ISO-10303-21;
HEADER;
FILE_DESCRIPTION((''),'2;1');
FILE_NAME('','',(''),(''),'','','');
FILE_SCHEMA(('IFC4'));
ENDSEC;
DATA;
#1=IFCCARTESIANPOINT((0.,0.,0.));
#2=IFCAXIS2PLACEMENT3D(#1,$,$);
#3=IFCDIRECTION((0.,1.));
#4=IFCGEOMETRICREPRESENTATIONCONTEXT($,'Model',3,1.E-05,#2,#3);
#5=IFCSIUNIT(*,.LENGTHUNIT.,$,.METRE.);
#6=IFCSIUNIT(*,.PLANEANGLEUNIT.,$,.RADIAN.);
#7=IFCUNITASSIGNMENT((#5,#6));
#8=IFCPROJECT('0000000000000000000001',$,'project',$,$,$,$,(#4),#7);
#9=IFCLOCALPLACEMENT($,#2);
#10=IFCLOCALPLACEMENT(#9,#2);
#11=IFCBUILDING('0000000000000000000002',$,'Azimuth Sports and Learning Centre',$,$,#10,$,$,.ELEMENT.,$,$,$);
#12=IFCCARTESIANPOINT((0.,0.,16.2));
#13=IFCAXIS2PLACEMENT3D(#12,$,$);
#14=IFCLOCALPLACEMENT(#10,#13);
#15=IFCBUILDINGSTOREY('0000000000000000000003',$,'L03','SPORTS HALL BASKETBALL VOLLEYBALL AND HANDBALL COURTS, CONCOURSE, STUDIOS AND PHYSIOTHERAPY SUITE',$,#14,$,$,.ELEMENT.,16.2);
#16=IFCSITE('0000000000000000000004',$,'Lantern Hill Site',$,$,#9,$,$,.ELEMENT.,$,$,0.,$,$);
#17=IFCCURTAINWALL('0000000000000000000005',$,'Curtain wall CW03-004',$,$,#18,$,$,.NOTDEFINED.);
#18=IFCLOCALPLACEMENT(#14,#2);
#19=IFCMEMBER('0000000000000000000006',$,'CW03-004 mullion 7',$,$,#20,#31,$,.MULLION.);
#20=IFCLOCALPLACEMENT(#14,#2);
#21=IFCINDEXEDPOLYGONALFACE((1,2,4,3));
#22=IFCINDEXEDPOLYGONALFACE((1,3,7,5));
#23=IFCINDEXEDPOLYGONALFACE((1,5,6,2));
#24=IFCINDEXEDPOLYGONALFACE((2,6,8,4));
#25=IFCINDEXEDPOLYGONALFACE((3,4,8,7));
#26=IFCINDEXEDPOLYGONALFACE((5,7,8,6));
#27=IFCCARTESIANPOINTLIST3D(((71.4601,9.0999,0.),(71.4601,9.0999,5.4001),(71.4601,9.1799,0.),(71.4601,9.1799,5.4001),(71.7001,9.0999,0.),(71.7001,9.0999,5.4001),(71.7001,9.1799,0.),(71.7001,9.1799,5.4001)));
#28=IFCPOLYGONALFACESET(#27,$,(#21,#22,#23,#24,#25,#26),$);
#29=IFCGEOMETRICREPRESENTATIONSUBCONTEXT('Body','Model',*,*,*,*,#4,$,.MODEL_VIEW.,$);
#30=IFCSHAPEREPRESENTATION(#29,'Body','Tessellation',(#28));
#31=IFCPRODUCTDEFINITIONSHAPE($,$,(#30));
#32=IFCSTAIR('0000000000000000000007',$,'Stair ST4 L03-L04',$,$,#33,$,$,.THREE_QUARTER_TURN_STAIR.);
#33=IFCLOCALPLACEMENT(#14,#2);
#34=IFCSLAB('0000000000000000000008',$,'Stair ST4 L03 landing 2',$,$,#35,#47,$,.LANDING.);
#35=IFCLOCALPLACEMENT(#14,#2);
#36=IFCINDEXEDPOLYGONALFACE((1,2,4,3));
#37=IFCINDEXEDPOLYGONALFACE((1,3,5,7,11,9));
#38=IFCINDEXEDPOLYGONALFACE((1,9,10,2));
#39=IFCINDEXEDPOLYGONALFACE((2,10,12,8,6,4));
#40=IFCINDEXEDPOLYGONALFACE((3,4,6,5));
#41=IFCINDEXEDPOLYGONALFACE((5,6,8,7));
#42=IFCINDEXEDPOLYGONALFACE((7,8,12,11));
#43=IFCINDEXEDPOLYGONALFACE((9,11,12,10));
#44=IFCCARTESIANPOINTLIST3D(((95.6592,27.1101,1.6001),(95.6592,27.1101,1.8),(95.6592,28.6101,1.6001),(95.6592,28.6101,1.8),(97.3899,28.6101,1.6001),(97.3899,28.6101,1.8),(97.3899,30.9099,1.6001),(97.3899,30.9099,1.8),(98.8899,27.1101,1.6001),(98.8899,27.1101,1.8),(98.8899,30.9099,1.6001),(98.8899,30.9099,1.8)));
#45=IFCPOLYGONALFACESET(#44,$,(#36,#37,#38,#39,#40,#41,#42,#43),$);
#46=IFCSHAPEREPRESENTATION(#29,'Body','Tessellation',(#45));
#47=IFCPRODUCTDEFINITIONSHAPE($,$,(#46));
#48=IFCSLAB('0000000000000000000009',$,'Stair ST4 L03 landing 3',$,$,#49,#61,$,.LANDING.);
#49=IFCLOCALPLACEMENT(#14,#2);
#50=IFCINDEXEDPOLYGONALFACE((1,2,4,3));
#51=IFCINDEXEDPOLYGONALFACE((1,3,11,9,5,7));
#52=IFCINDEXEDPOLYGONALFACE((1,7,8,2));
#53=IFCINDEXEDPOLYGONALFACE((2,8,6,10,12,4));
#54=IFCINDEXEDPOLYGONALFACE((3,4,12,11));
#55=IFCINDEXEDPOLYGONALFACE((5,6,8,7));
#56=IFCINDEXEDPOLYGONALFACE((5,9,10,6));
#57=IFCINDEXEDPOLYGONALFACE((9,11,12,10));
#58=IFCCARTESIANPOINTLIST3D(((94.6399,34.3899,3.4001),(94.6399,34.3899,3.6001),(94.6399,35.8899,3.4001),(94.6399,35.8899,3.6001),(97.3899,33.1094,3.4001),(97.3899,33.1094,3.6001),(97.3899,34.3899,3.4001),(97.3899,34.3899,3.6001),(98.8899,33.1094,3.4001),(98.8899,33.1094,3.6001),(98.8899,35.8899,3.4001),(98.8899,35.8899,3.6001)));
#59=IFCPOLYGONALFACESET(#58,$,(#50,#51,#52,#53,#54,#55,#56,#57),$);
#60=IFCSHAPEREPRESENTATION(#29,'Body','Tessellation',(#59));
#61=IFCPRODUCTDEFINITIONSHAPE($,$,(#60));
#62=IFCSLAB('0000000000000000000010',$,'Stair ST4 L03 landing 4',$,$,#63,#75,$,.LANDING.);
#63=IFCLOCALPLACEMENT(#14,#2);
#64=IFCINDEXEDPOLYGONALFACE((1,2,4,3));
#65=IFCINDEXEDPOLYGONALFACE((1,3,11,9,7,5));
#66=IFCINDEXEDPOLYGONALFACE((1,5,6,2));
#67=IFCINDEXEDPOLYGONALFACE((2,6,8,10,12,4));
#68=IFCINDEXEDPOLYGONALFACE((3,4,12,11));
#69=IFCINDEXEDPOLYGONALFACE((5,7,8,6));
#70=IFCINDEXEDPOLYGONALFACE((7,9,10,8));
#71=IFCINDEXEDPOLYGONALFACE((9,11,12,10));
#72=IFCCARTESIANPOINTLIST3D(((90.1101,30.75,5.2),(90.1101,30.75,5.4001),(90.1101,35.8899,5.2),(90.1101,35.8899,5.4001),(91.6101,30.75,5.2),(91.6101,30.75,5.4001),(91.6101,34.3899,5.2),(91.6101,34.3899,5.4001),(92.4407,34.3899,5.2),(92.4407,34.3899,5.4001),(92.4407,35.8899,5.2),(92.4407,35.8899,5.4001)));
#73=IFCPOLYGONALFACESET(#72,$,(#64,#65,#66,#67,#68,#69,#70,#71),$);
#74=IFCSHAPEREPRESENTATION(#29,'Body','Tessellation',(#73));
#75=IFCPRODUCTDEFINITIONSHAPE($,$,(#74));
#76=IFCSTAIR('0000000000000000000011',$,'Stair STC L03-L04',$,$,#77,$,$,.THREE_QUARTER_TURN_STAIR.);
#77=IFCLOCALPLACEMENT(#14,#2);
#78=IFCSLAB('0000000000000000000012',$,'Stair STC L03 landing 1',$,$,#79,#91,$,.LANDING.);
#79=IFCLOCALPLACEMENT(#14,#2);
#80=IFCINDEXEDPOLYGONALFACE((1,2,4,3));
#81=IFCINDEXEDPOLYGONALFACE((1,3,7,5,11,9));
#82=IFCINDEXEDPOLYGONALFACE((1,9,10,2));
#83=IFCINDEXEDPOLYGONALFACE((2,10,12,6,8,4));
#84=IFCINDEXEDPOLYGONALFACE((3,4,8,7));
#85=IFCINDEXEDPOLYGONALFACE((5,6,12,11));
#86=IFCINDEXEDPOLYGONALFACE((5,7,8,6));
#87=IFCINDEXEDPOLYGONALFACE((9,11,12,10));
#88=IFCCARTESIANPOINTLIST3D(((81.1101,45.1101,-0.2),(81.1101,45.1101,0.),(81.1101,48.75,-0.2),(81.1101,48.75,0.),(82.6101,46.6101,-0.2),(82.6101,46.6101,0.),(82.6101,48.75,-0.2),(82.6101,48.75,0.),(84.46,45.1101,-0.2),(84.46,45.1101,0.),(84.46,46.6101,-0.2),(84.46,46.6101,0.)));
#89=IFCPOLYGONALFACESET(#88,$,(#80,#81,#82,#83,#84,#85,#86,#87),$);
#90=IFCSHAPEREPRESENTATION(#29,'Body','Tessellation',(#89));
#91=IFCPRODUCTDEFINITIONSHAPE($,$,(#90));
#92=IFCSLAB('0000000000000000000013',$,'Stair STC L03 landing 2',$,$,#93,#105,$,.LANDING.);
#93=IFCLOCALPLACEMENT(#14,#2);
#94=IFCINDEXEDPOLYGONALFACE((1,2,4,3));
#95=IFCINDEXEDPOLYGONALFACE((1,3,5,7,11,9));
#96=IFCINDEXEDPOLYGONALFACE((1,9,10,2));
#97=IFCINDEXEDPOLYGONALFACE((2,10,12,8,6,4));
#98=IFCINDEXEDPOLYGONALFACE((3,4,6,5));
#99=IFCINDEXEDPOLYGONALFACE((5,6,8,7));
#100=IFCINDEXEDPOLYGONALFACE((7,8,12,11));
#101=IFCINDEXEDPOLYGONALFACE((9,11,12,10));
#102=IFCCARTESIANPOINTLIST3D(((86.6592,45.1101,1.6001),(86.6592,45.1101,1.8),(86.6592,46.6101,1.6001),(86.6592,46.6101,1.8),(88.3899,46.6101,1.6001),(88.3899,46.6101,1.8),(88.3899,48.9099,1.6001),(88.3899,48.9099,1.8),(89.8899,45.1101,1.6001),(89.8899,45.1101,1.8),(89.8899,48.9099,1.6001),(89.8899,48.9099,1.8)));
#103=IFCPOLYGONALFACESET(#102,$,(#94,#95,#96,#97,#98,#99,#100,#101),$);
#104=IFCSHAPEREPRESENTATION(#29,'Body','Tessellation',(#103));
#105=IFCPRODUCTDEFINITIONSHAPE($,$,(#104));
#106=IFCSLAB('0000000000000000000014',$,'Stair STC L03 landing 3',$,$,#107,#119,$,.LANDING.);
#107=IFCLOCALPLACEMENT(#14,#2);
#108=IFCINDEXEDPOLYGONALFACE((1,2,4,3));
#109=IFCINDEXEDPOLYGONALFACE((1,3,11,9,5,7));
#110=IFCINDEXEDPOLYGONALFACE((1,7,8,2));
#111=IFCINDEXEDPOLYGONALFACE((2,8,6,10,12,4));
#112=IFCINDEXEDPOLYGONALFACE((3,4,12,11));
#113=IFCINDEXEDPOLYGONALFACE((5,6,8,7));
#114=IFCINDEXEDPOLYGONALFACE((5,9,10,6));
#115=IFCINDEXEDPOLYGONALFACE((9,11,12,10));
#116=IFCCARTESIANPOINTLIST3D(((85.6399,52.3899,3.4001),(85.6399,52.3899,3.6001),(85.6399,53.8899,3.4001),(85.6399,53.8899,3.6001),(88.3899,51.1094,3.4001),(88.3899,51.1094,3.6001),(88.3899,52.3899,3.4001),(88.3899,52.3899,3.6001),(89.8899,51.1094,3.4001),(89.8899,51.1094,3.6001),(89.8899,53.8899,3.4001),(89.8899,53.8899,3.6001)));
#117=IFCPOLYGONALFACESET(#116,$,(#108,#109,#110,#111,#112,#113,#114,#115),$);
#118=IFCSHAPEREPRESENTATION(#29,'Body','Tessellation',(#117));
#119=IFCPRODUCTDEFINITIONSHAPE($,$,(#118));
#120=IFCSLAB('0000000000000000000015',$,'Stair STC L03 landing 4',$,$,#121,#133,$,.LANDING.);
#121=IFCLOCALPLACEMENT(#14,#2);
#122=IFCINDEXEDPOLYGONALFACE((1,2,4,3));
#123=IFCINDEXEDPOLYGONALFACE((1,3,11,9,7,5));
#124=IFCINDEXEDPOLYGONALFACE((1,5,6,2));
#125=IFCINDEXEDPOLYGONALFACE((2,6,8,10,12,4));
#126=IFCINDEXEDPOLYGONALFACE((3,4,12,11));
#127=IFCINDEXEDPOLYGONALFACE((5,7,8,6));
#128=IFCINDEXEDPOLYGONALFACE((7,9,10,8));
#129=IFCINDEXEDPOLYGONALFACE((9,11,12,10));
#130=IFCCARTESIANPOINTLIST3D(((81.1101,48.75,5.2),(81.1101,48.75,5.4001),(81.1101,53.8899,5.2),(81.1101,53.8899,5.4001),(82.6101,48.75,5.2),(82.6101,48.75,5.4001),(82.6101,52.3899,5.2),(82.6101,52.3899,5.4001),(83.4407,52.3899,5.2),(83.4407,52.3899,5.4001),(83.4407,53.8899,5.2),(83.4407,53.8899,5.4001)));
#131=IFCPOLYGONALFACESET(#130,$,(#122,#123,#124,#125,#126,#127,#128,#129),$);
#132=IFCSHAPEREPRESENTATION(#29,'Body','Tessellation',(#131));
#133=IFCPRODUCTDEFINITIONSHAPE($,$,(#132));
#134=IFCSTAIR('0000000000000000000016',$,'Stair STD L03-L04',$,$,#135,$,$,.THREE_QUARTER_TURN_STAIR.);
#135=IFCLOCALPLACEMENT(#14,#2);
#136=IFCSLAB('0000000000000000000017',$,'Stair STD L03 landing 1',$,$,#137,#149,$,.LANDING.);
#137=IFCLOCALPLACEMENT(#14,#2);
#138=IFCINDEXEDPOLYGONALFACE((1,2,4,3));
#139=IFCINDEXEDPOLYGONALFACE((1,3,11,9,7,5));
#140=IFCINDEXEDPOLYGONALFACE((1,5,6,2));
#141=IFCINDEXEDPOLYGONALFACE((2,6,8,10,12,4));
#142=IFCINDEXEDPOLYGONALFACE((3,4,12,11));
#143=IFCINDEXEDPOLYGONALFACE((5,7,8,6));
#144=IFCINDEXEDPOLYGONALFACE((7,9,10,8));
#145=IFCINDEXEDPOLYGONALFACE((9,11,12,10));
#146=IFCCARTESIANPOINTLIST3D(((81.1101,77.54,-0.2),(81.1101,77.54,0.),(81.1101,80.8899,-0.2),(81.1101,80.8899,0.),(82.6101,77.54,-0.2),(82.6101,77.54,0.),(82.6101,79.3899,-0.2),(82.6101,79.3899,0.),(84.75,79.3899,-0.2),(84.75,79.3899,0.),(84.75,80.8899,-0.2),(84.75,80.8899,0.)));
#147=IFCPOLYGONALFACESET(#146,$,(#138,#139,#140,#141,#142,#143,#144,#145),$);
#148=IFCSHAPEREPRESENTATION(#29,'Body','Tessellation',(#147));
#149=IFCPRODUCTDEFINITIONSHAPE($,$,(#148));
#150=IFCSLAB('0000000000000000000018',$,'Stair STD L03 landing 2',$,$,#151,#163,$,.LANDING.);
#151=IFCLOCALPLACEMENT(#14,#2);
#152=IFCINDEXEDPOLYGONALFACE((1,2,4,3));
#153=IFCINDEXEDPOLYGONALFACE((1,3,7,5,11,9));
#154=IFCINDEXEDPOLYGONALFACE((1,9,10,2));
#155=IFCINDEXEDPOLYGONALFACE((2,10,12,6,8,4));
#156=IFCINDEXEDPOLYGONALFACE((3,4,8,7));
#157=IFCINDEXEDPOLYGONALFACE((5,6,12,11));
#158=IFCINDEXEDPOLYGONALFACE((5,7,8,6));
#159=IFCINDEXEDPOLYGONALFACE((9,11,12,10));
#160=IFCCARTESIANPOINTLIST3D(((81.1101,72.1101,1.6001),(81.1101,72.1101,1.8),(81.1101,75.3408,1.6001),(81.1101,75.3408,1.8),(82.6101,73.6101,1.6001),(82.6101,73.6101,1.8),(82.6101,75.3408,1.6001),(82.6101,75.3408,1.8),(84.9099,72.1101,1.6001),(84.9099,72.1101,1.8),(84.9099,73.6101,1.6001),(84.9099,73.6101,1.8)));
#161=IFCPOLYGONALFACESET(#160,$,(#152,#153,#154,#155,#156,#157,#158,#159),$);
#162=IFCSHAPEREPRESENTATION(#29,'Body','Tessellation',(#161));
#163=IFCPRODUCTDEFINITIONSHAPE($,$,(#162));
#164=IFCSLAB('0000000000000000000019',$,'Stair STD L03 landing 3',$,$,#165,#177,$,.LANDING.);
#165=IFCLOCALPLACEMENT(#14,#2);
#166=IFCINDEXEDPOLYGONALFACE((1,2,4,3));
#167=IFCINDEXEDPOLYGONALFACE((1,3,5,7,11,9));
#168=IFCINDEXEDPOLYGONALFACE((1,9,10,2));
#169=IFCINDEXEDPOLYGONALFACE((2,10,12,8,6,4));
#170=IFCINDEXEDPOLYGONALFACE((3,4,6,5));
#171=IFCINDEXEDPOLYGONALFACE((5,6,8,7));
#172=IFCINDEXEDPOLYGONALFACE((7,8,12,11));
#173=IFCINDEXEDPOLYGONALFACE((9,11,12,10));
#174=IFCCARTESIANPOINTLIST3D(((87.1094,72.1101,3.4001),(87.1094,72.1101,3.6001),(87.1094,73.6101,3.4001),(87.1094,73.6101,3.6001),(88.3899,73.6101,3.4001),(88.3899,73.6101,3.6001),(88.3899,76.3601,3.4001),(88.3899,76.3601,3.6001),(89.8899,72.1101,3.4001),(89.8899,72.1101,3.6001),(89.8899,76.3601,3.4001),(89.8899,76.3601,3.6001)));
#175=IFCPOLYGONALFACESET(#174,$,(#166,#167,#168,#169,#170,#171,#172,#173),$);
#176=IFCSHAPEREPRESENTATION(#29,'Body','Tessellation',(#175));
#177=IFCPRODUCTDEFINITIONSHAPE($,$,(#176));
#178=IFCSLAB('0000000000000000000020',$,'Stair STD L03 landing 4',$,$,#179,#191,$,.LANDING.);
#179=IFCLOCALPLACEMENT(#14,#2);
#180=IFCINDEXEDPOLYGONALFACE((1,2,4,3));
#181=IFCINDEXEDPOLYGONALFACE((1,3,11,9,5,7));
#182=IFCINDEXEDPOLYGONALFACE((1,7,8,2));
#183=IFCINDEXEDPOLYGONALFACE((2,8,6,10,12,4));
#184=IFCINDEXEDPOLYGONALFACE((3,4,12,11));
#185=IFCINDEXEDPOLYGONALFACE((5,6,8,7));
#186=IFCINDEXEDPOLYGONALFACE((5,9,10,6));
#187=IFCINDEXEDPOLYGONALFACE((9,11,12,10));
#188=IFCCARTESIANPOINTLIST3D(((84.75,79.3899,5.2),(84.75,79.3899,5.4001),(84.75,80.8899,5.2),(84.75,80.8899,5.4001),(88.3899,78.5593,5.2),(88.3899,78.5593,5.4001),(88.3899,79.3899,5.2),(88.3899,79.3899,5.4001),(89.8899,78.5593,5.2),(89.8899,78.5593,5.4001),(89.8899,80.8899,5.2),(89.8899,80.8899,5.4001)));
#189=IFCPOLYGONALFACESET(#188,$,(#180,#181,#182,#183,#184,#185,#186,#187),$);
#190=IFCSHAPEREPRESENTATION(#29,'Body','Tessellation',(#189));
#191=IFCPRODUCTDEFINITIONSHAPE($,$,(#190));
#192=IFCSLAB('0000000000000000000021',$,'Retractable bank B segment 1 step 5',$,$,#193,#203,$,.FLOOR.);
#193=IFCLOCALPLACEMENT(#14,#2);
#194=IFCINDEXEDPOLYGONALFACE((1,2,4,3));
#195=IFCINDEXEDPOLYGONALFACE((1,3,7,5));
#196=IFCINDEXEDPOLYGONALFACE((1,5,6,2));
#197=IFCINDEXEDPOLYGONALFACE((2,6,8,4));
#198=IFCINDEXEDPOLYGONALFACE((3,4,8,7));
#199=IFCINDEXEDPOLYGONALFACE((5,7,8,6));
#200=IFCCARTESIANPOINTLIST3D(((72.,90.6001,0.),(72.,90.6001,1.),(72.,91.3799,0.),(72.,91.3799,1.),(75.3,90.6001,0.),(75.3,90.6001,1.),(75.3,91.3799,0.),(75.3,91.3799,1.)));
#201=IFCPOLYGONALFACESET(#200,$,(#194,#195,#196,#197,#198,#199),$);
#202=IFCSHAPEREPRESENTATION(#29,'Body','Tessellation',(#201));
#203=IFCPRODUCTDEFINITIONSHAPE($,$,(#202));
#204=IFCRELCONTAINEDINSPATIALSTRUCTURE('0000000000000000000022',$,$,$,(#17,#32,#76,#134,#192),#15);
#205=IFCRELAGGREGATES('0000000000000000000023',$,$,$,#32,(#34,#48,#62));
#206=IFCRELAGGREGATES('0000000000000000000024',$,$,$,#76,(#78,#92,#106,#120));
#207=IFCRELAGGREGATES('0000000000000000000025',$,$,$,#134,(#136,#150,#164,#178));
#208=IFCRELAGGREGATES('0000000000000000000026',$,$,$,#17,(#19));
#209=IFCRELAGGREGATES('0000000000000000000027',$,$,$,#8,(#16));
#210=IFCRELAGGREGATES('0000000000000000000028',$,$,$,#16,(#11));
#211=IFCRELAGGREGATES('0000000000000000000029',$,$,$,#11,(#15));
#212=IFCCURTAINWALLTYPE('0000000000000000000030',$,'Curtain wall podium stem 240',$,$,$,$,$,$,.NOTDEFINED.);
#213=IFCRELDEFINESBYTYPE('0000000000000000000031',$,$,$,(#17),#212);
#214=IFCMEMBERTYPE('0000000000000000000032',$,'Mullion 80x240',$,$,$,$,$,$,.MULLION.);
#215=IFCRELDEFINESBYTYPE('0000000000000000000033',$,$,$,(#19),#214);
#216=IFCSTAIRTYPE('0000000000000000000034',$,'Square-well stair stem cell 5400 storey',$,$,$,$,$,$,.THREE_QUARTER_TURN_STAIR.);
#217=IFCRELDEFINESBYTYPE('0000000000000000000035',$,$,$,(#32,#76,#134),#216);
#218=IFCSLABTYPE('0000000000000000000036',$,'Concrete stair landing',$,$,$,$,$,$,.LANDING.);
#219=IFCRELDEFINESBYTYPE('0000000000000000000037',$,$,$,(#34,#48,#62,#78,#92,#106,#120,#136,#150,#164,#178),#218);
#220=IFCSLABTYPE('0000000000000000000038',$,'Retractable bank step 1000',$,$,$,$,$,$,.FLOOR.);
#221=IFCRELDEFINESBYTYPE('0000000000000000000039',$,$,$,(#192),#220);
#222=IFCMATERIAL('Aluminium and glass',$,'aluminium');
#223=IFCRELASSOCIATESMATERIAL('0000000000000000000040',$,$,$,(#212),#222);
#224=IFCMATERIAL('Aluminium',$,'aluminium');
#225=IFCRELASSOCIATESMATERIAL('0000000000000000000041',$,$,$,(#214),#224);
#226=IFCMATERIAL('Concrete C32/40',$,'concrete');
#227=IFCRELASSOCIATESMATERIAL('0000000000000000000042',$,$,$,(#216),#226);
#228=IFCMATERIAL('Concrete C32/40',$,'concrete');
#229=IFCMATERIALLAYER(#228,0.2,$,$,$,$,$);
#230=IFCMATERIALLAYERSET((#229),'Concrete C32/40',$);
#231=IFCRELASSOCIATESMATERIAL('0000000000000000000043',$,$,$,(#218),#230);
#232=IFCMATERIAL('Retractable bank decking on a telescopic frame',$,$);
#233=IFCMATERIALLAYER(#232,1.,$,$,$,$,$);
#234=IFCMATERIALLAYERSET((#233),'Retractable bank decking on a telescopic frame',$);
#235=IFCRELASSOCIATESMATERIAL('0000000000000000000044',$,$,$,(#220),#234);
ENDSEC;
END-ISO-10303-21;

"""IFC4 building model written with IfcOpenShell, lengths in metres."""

from ifc_helpers import new_model, si_unit, direction, frame, origin, origin_2d, place, context, subcontext, project, spatial, polyline, rectangle, outline, extrude, material, layer, layer_set, material_profile, profile_set, type_object, element, aggregate, save


model = new_model("IFC4")

# Units and contexts
model_context = context("Model", 3, precision=1e-05, world=origin(), true_north=direction((0.0, 1.0)))
body_context = subcontext(model_context, "Body", "Model", "MODEL_VIEW")
ifc_project = project(units=[si_unit("LENGTHUNIT", "METRE"), si_unit("PLANEANGLEUNIT", "RADIAN")], contexts=[model_context])

# Site, building, storey
site_placement = place(None, origin())
site = spatial("IfcSite", under=ifc_project, at=site_placement, Name="Lantern Hill Site", CompositionType="ELEMENT", RefElevation=0.0)
building_placement = place(site_placement, origin())
building = spatial("IfcBuilding", under=site, at=building_placement, Name="Azimuth Sports and Learning Centre", CompositionType="ELEMENT")
storey_placement = place(building_placement, frame((0.0, 0.0, 16.2)))
storey = spatial("IfcBuildingStorey", under=building, at=storey_placement, Name="L03", Description="SPORTS HALL BASKETBALL VOLLEYBALL AND HANDBALL COURTS, CONCOURSE, STUDIOS AND PHYSIOTHERAPY SUITE", CompositionType="ELEMENT", Elevation=16.2)

# Curtain wall, member
ifc_material_1 = material(Name="Aluminium and glass", Category="aluminium")
curtain_wall_type = type_object("IfcCurtainWallType", Name="Curtain wall podium stem 240", PredefinedType="NOTDEFINED", material=ifc_material_1)
curtain_wall_placement = place(storey_placement, origin())
curtain_wall = element("IfcCurtainWall", 1, at=curtain_wall_placement, inside=storey, type_object=curtain_wall_type, Name="Curtain wall CW03-004", PredefinedType="NOTDEFINED")
ifc_material_2 = material(Name="Aluminium", Category="aluminium")
ifc_material_profile = material_profile(ifc_material_2, rectangle(XDim=0.24, YDim=0.0801, at=origin_2d()), Name="Mullion 80x240")
ifc_profile_set = profile_set([ifc_material_profile], Name="Aluminium")
member_type = type_object("IfcMemberType", Name="Mullion 80x240", PredefinedType="MULLION", material=ifc_profile_set)
member_placement = place(storey_placement, frame((71.5801, 9.1399, 0.0), z_axis=(0.0, 0.0, 1.0), x_axis=(1.0, 0.0, 0.0)))
member = element("IfcMember", 2, at=member_placement, type_object=member_type, Name="CW03-004 mullion 7", PredefinedType="MULLION", context=body_context, shape_type="SweptSolid", body=[
    extrude(rectangle(XDim=0.24, YDim=0.0801, at=origin_2d()), origin(), (0.0, 0.0, 1.0), 5.4001),
])

# Stairs, slabs
ifc_material_3 = material(Name="Concrete C32/40", Category="concrete")
stair_type = type_object("IfcStairType", Name="Square-well stair stem cell 5400 storey", PredefinedType="THREE_QUARTER_TURN_STAIR", material=ifc_material_3)
stair_1_placement = place(storey_placement, origin())
stair_1 = element("IfcStair", 3, at=stair_1_placement, inside=storey, type_object=stair_type, Name="Stair ST4 L03-L04", PredefinedType="THREE_QUARTER_TURN_STAIR")
ifc_material_4 = material(Name="Concrete C32/40", Category="concrete")
ifc_layer_1 = layer(ifc_material_4, 0.2)
ifc_layer_set_1 = layer_set([ifc_layer_1], Name="Concrete C32/40")
slab_type_1 = type_object("IfcSlabType", Name="Concrete stair landing", PredefinedType="LANDING", material=ifc_layer_set_1)
slab_1_placement = place(storey_placement, frame((0.0, 0.0, 1.6001)))
slab_1 = element("IfcSlab", 4, at=slab_1_placement, type_object=slab_type_1, Name="Stair ST4 L03 landing 2", PredefinedType="LANDING", context=body_context, shape_type="SweptSolid", body=[
    extrude(outline(polyline([(97.3899, 28.6101), (95.6592, 28.6101), (95.6592, 27.1101), (98.8899, 27.1101), (98.8899, 30.9099), (97.3899, 30.9099), (97.3899, 28.6101)])), origin(), (0.0, 0.0, 1.0), 0.2),
])
slab_2_placement = place(storey_placement, frame((0.0, 0.0, 3.4001)))
slab_2 = element("IfcSlab", 5, at=slab_2_placement, type_object=slab_type_1, Name="Stair ST4 L03 landing 3", PredefinedType="LANDING", context=body_context, shape_type="SweptSolid", body=[
    extrude(outline(polyline([(97.3899, 34.3899), (97.3899, 33.1094), (98.8899, 33.1094), (98.8899, 35.8899), (94.6399, 35.8899), (94.6399, 34.3899), (97.3899, 34.3899)])), origin(), (0.0, 0.0, 1.0), 0.2),
])
slab_3_placement = place(storey_placement, frame((0.0, 0.0, 5.2)))
slab_3 = element("IfcSlab", 6, at=slab_3_placement, type_object=slab_type_1, Name="Stair ST4 L03 landing 4", PredefinedType="LANDING", context=body_context, shape_type="SweptSolid", body=[
    extrude(outline(polyline([(91.6101, 34.3899), (92.4407, 34.3899), (92.4407, 35.8899), (90.1101, 35.8899), (90.1101, 30.75), (91.6101, 30.75), (91.6101, 34.3899)])), origin(), (0.0, 0.0, 1.0), 0.2002),
])
aggregate(stair_1, [slab_1, slab_2, slab_3])
stair_2_placement = place(storey_placement, origin())
stair_2 = element("IfcStair", 7, at=stair_2_placement, inside=storey, type_object=stair_type, Name="Stair STC L03-L04", PredefinedType="THREE_QUARTER_TURN_STAIR")
slab_4_placement = place(storey_placement, frame((0.0, 0.0, -0.2)))
slab_4 = element("IfcSlab", 8, at=slab_4_placement, type_object=slab_type_1, Name="Stair STC L03 landing 1", PredefinedType="LANDING", context=body_context, shape_type="SweptSolid", body=[
    extrude(outline(polyline([(84.46, 46.6101), (82.6101, 46.6101), (82.6101, 48.75), (81.1101, 48.75), (81.1101, 45.1101), (84.46, 45.1101), (84.46, 46.6101)])), origin(), (0.0, 0.0, 1.0), 0.2),
])
slab_5_placement = place(storey_placement, frame((0.0, 0.0, 1.6001)))
slab_5 = element("IfcSlab", 9, at=slab_5_placement, type_object=slab_type_1, Name="Stair STC L03 landing 2", PredefinedType="LANDING", context=body_context, shape_type="SweptSolid", body=[
    extrude(outline(polyline([(88.3899, 46.6101), (86.6592, 46.6101), (86.6592, 45.1101), (89.8899, 45.1101), (89.8899, 48.9099), (88.3899, 48.9099), (88.3899, 46.6101)])), origin(), (0.0, 0.0, 1.0), 0.2),
])
slab_6_placement = place(storey_placement, frame((0.0, 0.0, 3.4001)))
slab_6 = element("IfcSlab", 10, at=slab_6_placement, type_object=slab_type_1, Name="Stair STC L03 landing 3", PredefinedType="LANDING", context=body_context, shape_type="SweptSolid", body=[
    extrude(outline(polyline([(88.3899, 52.3899), (88.3899, 51.1094), (89.8899, 51.1094), (89.8899, 53.8899), (85.6399, 53.8899), (85.6399, 52.3899), (88.3899, 52.3899)])), origin(), (0.0, 0.0, 1.0), 0.2),
])
slab_7_placement = place(storey_placement, frame((0.0, 0.0, 5.2)))
slab_7 = element("IfcSlab", 11, at=slab_7_placement, type_object=slab_type_1, Name="Stair STC L03 landing 4", PredefinedType="LANDING", context=body_context, shape_type="SweptSolid", body=[
    extrude(outline(polyline([(82.6101, 52.3899), (83.4407, 52.3899), (83.4407, 53.8899), (81.1101, 53.8899), (81.1101, 48.75), (82.6101, 48.75), (82.6101, 52.3899)])), origin(), (0.0, 0.0, 1.0), 0.2002),
])
aggregate(stair_2, [slab_4, slab_5, slab_6, slab_7])
stair_3_placement = place(storey_placement, origin())
stair_3 = element("IfcStair", 12, at=stair_3_placement, inside=storey, type_object=stair_type, Name="Stair STD L03-L04", PredefinedType="THREE_QUARTER_TURN_STAIR")
slab_8_placement = place(storey_placement, frame((0.0, 0.0, -0.2)))
slab_8 = element("IfcSlab", 13, at=slab_8_placement, type_object=slab_type_1, Name="Stair STD L03 landing 1", PredefinedType="LANDING", context=body_context, shape_type="SweptSolid", body=[
    extrude(outline(polyline([(82.6101, 77.54), (82.6101, 79.3899), (84.75, 79.3899), (84.75, 80.8899), (81.1101, 80.8899), (81.1101, 77.54), (82.6101, 77.54)])), origin(), (0.0, 0.0, 1.0), 0.2),
])
slab_9_placement = place(storey_placement, frame((0.0, 0.0, 1.6001)))
slab_9 = element("IfcSlab", 14, at=slab_9_placement, type_object=slab_type_1, Name="Stair STD L03 landing 2", PredefinedType="LANDING", context=body_context, shape_type="SweptSolid", body=[
    extrude(outline(polyline([(82.6101, 73.6101), (82.6101, 75.3408), (81.1101, 75.3408), (81.1101, 72.1101), (84.9099, 72.1101), (84.9099, 73.6101), (82.6101, 73.6101)])), origin(), (0.0, 0.0, 1.0), 0.2),
])
slab_10_placement = place(storey_placement, frame((0.0, 0.0, 3.4001)))
slab_10 = element("IfcSlab", 15, at=slab_10_placement, type_object=slab_type_1, Name="Stair STD L03 landing 3", PredefinedType="LANDING", context=body_context, shape_type="SweptSolid", body=[
    extrude(outline(polyline([(88.3899, 73.6101), (87.1094, 73.6101), (87.1094, 72.1101), (89.8899, 72.1101), (89.8899, 76.3601), (88.3899, 76.3601), (88.3899, 73.6101)])), origin(), (0.0, 0.0, 1.0), 0.2),
])
slab_11_placement = place(storey_placement, frame((0.0, 0.0, 5.2)))
slab_11 = element("IfcSlab", 16, at=slab_11_placement, type_object=slab_type_1, Name="Stair STD L03 landing 4", PredefinedType="LANDING", context=body_context, shape_type="SweptSolid", body=[
    extrude(outline(polyline([(88.3899, 79.3899), (88.3899, 78.5593), (89.8899, 78.5593), (89.8899, 80.8899), (84.75, 80.8899), (84.75, 79.3899), (88.3899, 79.3899)])), origin(), (0.0, 0.0, 1.0), 0.2002),
])
aggregate(stair_3, [slab_8, slab_9, slab_10, slab_11])

# Slab
ifc_material_5 = material(Name="Retractable bank decking on a telescopic frame")
ifc_layer_2 = layer(ifc_material_5, 1.0)
ifc_layer_set_2 = layer_set([ifc_layer_2], Name="Retractable bank decking on a telescopic frame")
slab_type_2 = type_object("IfcSlabType", Name="Retractable bank step 1000", PredefinedType="FLOOR", material=ifc_layer_set_2)
slab_12_placement = place(storey_placement, origin())
element("IfcSlab", 17, at=slab_12_placement, inside=storey, type_object=slab_type_2, Name="Retractable bank B segment 1 step 5", PredefinedType="FLOOR", context=body_context, shape_type="SweptSolid", body=[
    extrude(outline(polyline([(72.0, 90.6001), (75.3, 90.6001), (75.3, 91.3799), (72.0, 91.3799), (72.0, 90.6001)])), origin(), (0.0, 0.0, 1.0), 1.0),
])

aggregate(curtain_wall, [member])

save(model, "model.ifc")
